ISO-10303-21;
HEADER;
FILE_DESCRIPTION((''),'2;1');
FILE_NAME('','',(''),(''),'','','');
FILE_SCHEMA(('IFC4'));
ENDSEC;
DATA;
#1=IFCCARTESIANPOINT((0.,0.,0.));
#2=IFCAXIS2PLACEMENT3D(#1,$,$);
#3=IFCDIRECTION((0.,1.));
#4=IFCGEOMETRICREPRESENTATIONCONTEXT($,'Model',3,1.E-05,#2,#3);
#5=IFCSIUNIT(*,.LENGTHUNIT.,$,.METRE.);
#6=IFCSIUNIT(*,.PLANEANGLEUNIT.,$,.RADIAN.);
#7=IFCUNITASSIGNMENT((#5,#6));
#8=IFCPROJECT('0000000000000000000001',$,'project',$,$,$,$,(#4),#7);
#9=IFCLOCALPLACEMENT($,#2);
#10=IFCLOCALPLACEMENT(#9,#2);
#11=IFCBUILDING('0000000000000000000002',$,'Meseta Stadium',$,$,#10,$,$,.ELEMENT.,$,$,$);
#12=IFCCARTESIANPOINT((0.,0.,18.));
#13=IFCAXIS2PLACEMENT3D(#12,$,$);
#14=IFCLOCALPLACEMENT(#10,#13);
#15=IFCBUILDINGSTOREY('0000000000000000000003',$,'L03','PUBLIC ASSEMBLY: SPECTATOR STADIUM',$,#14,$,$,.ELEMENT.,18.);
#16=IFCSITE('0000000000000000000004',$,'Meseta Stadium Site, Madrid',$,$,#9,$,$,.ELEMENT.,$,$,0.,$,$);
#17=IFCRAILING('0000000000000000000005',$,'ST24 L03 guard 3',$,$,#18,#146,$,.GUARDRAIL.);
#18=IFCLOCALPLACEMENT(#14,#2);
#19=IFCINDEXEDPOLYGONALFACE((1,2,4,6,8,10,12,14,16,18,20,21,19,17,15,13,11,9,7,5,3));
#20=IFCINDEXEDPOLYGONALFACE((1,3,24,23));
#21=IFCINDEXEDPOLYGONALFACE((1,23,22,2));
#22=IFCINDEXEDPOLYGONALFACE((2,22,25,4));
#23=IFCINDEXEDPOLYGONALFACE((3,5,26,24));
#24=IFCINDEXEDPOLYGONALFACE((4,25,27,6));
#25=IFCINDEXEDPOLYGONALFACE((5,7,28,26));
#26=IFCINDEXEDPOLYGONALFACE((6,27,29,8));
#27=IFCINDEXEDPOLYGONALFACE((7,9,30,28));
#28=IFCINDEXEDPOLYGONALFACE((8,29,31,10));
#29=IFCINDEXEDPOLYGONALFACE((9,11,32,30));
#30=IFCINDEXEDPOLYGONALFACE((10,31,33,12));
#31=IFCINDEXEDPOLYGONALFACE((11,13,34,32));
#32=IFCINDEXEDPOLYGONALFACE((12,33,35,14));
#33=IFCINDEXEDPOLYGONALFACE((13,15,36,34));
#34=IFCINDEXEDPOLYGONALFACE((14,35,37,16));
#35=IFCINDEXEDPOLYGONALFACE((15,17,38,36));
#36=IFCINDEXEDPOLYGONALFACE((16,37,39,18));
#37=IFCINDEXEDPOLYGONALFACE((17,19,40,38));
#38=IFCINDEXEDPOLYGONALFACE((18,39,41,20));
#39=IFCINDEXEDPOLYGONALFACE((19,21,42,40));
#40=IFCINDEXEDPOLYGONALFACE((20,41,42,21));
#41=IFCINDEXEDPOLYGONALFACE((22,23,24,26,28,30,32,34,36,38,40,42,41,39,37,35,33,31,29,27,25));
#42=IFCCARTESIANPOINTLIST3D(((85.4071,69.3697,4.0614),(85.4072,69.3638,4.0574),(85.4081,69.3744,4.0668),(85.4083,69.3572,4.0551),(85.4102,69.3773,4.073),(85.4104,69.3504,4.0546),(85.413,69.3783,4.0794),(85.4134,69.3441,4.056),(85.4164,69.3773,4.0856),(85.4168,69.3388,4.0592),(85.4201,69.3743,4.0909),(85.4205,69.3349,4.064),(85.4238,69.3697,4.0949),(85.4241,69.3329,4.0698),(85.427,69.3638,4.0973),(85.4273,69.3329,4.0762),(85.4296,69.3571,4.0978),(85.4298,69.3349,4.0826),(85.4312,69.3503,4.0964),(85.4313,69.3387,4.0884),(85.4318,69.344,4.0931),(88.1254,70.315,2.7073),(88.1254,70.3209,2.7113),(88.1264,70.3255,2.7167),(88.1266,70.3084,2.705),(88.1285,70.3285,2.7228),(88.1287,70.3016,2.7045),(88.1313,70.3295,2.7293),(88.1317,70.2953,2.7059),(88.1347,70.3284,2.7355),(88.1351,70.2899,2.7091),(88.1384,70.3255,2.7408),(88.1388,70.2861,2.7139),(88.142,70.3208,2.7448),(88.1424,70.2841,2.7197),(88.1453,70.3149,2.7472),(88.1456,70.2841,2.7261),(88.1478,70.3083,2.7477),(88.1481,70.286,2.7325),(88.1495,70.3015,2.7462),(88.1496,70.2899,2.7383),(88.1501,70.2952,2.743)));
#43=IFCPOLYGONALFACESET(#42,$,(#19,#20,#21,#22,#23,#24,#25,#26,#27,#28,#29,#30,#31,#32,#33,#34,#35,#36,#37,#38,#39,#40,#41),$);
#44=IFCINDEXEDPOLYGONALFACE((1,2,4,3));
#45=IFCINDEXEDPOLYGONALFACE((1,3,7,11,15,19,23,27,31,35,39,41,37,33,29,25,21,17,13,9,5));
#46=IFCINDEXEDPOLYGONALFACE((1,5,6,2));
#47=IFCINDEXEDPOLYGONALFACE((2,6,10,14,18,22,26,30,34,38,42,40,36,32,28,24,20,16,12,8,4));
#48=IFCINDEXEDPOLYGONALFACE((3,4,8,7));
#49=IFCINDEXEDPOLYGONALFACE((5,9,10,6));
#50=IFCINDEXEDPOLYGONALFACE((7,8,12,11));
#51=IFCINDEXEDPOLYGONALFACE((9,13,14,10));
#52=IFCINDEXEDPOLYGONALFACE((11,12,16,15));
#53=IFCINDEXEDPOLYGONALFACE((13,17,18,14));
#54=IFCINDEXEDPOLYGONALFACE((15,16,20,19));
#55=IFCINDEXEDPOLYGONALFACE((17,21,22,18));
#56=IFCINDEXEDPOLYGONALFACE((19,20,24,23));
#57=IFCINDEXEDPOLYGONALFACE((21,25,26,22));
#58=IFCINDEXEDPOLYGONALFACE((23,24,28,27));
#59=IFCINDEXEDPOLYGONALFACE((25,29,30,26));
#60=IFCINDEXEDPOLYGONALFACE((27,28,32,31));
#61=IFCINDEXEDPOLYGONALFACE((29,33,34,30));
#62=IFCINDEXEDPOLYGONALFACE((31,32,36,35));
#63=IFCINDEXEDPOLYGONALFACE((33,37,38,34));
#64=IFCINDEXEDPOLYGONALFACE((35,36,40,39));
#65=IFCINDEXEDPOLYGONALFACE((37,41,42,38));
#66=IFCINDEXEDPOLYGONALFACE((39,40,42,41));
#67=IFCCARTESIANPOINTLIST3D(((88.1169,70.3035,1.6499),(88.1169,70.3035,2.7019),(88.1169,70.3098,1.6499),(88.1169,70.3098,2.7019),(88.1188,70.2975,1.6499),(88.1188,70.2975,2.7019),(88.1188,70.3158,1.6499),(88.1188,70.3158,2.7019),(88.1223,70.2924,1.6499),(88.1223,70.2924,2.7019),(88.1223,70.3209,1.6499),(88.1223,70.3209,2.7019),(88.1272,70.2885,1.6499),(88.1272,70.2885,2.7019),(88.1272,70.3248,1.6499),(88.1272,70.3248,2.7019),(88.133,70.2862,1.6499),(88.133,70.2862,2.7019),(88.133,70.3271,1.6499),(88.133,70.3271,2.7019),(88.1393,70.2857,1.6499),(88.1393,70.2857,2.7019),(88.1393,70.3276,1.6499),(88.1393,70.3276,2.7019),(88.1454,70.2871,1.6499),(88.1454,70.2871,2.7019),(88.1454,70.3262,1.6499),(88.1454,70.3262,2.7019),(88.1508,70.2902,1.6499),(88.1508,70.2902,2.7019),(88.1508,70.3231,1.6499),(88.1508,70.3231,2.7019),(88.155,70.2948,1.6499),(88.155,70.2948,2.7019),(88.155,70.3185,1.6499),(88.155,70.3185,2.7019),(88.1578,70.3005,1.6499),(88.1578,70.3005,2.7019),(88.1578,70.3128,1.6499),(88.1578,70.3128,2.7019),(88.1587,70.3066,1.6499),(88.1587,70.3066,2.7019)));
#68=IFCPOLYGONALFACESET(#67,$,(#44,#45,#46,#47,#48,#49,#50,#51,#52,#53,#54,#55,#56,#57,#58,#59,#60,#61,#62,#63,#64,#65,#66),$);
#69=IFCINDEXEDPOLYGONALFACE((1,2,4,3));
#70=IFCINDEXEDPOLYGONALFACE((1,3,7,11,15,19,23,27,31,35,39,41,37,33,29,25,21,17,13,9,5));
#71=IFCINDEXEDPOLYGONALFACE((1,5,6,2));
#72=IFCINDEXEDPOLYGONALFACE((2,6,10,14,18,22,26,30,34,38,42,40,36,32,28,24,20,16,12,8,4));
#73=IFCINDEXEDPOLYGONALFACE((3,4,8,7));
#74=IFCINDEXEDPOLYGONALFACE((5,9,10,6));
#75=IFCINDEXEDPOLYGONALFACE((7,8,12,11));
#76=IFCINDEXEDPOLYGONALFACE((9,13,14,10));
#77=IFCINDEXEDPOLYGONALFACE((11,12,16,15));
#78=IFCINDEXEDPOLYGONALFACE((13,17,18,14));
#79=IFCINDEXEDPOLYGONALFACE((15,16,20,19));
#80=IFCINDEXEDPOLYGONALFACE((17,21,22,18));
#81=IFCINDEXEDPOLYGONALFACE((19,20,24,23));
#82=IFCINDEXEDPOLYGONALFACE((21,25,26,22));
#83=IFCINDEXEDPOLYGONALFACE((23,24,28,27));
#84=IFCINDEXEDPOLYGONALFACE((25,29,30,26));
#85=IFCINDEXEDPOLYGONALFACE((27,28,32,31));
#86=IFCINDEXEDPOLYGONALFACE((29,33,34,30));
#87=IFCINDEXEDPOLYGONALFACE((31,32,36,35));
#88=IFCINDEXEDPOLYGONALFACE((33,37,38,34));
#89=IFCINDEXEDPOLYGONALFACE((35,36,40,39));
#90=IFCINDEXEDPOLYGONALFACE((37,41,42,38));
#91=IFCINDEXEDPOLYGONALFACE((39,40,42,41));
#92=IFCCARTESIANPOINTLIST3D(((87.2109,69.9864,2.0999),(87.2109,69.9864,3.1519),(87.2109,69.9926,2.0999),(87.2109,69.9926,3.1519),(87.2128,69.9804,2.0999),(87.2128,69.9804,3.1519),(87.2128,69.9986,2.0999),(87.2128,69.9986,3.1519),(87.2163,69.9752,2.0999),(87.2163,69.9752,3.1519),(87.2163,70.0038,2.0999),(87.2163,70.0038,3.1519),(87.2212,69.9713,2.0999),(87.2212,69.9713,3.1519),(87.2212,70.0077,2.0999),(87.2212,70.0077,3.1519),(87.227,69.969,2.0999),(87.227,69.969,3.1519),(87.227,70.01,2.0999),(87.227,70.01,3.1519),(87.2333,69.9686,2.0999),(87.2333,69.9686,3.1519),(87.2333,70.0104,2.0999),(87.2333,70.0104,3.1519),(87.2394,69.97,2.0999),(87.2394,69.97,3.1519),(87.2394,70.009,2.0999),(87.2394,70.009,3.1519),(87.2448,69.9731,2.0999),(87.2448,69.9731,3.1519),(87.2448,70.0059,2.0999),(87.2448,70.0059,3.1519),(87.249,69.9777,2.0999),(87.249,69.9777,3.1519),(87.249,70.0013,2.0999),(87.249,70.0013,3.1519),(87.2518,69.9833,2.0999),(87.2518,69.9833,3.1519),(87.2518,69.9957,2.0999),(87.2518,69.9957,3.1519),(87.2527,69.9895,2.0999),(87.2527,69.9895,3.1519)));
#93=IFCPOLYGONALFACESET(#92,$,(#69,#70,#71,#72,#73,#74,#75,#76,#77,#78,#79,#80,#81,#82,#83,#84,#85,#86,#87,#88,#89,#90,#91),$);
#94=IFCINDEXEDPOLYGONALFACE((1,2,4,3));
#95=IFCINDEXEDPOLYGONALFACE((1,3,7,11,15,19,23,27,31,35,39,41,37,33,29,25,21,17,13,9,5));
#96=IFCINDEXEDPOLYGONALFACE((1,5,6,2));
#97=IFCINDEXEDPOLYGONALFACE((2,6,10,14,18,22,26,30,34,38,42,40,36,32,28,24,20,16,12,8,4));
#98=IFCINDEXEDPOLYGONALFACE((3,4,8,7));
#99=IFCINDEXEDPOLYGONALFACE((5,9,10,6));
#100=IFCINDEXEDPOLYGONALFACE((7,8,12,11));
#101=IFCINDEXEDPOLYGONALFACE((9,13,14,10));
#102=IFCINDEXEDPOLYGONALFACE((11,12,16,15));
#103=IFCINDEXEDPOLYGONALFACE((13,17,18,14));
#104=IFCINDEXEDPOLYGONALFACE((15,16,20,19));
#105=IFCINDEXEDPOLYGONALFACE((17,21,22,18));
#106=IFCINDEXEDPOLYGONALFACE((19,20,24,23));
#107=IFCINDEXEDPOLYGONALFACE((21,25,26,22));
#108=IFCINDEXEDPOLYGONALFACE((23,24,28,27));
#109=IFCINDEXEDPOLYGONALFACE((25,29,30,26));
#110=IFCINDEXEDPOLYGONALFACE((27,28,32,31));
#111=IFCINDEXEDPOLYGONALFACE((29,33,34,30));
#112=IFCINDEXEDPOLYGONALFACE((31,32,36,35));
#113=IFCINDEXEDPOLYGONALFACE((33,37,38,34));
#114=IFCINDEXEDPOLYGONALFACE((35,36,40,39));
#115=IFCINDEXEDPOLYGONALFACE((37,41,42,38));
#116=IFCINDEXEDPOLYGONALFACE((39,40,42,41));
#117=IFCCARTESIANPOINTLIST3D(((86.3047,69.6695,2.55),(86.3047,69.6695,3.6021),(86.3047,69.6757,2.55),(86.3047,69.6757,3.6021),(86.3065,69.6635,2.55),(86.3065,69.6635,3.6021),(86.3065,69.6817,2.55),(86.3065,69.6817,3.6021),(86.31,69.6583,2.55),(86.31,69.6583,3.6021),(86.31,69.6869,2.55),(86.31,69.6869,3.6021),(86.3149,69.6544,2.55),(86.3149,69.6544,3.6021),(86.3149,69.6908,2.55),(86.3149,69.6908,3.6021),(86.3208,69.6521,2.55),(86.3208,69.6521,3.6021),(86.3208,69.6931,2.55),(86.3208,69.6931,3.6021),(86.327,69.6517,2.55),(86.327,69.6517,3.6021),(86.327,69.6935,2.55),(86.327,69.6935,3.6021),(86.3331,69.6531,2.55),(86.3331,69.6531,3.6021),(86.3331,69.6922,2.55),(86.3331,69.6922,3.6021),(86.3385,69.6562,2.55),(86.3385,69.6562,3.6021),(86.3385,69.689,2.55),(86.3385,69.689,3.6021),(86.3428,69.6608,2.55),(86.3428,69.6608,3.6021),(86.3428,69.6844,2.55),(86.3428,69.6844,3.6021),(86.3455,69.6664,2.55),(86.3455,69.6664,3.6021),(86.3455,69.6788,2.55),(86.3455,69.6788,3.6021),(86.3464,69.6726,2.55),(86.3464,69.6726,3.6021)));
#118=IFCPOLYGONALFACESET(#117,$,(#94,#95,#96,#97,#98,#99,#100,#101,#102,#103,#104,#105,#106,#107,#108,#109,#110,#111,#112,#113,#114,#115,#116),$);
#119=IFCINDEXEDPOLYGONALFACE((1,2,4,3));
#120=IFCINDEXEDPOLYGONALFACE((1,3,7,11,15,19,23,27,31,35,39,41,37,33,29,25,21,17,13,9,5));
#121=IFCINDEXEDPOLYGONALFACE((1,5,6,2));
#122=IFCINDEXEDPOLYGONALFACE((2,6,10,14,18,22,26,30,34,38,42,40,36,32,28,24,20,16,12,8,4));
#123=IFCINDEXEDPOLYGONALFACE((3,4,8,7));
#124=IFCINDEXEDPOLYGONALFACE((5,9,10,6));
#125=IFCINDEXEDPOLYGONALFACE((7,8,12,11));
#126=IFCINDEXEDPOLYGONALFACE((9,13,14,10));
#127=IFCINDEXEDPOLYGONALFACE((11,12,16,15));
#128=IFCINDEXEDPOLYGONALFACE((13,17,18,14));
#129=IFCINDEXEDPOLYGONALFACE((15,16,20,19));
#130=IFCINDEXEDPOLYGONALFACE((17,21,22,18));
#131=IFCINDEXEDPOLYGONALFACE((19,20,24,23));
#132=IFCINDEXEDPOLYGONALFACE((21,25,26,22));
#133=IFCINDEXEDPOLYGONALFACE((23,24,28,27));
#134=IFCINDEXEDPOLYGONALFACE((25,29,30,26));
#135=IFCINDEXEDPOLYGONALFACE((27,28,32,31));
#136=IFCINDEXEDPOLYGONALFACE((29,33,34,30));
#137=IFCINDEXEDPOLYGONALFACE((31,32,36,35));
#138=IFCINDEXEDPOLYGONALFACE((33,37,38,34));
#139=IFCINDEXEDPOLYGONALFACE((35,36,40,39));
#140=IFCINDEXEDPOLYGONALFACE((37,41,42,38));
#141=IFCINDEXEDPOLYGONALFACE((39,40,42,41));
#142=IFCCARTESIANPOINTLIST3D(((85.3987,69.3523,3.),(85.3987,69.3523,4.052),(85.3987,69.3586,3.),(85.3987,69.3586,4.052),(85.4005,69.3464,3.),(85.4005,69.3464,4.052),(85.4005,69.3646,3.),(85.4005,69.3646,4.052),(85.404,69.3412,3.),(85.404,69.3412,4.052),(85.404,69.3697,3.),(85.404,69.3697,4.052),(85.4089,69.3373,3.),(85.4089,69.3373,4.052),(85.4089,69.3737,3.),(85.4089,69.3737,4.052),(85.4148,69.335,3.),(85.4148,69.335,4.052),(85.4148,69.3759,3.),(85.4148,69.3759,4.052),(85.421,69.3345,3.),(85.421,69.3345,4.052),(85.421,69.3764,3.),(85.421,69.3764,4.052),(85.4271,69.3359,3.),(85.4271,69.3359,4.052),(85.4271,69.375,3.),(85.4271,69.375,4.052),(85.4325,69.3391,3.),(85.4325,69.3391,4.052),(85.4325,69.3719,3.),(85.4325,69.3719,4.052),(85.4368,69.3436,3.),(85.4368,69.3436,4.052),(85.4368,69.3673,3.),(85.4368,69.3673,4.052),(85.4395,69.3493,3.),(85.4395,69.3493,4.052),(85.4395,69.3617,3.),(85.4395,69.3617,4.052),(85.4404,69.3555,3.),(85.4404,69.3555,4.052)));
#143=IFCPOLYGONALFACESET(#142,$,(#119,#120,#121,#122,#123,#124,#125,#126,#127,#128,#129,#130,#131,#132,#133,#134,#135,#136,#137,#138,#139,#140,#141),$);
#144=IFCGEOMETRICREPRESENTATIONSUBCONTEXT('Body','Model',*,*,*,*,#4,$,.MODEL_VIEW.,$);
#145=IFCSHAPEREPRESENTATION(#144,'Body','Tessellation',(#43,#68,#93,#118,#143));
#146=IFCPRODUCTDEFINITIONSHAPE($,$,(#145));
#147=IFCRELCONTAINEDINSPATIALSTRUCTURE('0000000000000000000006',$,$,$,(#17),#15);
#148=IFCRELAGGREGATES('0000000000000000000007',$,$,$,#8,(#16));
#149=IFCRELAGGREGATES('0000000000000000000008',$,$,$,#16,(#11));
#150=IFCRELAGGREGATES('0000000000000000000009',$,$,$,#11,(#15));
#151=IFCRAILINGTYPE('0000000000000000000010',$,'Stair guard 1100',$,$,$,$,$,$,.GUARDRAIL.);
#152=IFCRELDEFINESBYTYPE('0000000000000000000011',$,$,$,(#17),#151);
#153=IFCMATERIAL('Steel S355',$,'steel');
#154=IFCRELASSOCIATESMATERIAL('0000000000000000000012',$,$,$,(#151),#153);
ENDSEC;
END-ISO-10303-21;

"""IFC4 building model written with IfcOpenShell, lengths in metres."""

from ifc_helpers import new_model, si_unit, direction, frame, origin, origin_2d, place, context, subcontext, project, spatial, circle, extrude, material, type_object, element, save


model = new_model("IFC4")

# Units and contexts
model_context = context("Model", 3, precision=1e-05, world=origin(), true_north=direction((0.0, 1.0)))
body_context = subcontext(model_context, "Body", "Model", "MODEL_VIEW")
ifc_project = project(units=[si_unit("LENGTHUNIT", "METRE"), si_unit("PLANEANGLEUNIT", "RADIAN")], contexts=[model_context])

# Site, building, storey
site_placement = place(None, origin())
site = spatial("IfcSite", under=ifc_project, at=site_placement, Name="Meseta Stadium Site, Madrid", CompositionType="ELEMENT", RefElevation=0.0)
building_placement = place(site_placement, origin())
building = spatial("IfcBuilding", under=site, at=building_placement, Name="Meseta Stadium", CompositionType="ELEMENT")
storey_placement = place(building_placement, frame((0.0, 0.0, 18.0)))
storey = spatial("IfcBuildingStorey", under=building, at=storey_placement, Name="L03", Description="PUBLIC ASSEMBLY: SPECTATOR STADIUM", CompositionType="ELEMENT", Elevation=18.0)

# Railing
ifc_material_1 = material(Name="Steel S355", Category="steel")
railing_type_1 = type_object("IfcRailingType", Name="Stair guard 1100", PredefinedType="GUARDRAIL", material=ifc_material_1)
railing_1_placement = place(storey_placement, frame((88.1377, 70.3066, 1.6499)))
element("IfcRailing", 1, at=railing_1_placement, inside=storey, type_object=railing_type_1, Name="ST24 L03 guard 3", PredefinedType="GUARDRAIL", context=body_context, shape_type="SweptSolid", body=[
    extrude(circle(Radius=0.0239, at=origin_2d()), frame((0.0, 0.0, 1.0762), z_axis=(-0.854629, -0.299051, 0.424474), x_axis=(0.330282, -0.943882, 0.0)), (0.0, 0.0, 1.0), 3.1807),
    extrude(circle(Radius=0.021, at=origin_2d()), origin(), (0.0, 0.0, 1.0), 1.052),
    extrude(circle(Radius=0.021, at=origin_2d()), frame((-0.906, -0.3171, 0.45)), (0.0, 0.0, 1.0), 1.052),
    extrude(circle(Radius=0.021, at=origin_2d()), frame((-1.8123, -0.634, 0.9001)), (0.0, 0.0, 1.0), 1.052),
    extrude(circle(Radius=0.021, at=origin_2d()), frame((-2.7183, -0.9512, 1.3501)), (0.0, 0.0, 1.0), 1.052),
])

save(model, "model.ifc")
